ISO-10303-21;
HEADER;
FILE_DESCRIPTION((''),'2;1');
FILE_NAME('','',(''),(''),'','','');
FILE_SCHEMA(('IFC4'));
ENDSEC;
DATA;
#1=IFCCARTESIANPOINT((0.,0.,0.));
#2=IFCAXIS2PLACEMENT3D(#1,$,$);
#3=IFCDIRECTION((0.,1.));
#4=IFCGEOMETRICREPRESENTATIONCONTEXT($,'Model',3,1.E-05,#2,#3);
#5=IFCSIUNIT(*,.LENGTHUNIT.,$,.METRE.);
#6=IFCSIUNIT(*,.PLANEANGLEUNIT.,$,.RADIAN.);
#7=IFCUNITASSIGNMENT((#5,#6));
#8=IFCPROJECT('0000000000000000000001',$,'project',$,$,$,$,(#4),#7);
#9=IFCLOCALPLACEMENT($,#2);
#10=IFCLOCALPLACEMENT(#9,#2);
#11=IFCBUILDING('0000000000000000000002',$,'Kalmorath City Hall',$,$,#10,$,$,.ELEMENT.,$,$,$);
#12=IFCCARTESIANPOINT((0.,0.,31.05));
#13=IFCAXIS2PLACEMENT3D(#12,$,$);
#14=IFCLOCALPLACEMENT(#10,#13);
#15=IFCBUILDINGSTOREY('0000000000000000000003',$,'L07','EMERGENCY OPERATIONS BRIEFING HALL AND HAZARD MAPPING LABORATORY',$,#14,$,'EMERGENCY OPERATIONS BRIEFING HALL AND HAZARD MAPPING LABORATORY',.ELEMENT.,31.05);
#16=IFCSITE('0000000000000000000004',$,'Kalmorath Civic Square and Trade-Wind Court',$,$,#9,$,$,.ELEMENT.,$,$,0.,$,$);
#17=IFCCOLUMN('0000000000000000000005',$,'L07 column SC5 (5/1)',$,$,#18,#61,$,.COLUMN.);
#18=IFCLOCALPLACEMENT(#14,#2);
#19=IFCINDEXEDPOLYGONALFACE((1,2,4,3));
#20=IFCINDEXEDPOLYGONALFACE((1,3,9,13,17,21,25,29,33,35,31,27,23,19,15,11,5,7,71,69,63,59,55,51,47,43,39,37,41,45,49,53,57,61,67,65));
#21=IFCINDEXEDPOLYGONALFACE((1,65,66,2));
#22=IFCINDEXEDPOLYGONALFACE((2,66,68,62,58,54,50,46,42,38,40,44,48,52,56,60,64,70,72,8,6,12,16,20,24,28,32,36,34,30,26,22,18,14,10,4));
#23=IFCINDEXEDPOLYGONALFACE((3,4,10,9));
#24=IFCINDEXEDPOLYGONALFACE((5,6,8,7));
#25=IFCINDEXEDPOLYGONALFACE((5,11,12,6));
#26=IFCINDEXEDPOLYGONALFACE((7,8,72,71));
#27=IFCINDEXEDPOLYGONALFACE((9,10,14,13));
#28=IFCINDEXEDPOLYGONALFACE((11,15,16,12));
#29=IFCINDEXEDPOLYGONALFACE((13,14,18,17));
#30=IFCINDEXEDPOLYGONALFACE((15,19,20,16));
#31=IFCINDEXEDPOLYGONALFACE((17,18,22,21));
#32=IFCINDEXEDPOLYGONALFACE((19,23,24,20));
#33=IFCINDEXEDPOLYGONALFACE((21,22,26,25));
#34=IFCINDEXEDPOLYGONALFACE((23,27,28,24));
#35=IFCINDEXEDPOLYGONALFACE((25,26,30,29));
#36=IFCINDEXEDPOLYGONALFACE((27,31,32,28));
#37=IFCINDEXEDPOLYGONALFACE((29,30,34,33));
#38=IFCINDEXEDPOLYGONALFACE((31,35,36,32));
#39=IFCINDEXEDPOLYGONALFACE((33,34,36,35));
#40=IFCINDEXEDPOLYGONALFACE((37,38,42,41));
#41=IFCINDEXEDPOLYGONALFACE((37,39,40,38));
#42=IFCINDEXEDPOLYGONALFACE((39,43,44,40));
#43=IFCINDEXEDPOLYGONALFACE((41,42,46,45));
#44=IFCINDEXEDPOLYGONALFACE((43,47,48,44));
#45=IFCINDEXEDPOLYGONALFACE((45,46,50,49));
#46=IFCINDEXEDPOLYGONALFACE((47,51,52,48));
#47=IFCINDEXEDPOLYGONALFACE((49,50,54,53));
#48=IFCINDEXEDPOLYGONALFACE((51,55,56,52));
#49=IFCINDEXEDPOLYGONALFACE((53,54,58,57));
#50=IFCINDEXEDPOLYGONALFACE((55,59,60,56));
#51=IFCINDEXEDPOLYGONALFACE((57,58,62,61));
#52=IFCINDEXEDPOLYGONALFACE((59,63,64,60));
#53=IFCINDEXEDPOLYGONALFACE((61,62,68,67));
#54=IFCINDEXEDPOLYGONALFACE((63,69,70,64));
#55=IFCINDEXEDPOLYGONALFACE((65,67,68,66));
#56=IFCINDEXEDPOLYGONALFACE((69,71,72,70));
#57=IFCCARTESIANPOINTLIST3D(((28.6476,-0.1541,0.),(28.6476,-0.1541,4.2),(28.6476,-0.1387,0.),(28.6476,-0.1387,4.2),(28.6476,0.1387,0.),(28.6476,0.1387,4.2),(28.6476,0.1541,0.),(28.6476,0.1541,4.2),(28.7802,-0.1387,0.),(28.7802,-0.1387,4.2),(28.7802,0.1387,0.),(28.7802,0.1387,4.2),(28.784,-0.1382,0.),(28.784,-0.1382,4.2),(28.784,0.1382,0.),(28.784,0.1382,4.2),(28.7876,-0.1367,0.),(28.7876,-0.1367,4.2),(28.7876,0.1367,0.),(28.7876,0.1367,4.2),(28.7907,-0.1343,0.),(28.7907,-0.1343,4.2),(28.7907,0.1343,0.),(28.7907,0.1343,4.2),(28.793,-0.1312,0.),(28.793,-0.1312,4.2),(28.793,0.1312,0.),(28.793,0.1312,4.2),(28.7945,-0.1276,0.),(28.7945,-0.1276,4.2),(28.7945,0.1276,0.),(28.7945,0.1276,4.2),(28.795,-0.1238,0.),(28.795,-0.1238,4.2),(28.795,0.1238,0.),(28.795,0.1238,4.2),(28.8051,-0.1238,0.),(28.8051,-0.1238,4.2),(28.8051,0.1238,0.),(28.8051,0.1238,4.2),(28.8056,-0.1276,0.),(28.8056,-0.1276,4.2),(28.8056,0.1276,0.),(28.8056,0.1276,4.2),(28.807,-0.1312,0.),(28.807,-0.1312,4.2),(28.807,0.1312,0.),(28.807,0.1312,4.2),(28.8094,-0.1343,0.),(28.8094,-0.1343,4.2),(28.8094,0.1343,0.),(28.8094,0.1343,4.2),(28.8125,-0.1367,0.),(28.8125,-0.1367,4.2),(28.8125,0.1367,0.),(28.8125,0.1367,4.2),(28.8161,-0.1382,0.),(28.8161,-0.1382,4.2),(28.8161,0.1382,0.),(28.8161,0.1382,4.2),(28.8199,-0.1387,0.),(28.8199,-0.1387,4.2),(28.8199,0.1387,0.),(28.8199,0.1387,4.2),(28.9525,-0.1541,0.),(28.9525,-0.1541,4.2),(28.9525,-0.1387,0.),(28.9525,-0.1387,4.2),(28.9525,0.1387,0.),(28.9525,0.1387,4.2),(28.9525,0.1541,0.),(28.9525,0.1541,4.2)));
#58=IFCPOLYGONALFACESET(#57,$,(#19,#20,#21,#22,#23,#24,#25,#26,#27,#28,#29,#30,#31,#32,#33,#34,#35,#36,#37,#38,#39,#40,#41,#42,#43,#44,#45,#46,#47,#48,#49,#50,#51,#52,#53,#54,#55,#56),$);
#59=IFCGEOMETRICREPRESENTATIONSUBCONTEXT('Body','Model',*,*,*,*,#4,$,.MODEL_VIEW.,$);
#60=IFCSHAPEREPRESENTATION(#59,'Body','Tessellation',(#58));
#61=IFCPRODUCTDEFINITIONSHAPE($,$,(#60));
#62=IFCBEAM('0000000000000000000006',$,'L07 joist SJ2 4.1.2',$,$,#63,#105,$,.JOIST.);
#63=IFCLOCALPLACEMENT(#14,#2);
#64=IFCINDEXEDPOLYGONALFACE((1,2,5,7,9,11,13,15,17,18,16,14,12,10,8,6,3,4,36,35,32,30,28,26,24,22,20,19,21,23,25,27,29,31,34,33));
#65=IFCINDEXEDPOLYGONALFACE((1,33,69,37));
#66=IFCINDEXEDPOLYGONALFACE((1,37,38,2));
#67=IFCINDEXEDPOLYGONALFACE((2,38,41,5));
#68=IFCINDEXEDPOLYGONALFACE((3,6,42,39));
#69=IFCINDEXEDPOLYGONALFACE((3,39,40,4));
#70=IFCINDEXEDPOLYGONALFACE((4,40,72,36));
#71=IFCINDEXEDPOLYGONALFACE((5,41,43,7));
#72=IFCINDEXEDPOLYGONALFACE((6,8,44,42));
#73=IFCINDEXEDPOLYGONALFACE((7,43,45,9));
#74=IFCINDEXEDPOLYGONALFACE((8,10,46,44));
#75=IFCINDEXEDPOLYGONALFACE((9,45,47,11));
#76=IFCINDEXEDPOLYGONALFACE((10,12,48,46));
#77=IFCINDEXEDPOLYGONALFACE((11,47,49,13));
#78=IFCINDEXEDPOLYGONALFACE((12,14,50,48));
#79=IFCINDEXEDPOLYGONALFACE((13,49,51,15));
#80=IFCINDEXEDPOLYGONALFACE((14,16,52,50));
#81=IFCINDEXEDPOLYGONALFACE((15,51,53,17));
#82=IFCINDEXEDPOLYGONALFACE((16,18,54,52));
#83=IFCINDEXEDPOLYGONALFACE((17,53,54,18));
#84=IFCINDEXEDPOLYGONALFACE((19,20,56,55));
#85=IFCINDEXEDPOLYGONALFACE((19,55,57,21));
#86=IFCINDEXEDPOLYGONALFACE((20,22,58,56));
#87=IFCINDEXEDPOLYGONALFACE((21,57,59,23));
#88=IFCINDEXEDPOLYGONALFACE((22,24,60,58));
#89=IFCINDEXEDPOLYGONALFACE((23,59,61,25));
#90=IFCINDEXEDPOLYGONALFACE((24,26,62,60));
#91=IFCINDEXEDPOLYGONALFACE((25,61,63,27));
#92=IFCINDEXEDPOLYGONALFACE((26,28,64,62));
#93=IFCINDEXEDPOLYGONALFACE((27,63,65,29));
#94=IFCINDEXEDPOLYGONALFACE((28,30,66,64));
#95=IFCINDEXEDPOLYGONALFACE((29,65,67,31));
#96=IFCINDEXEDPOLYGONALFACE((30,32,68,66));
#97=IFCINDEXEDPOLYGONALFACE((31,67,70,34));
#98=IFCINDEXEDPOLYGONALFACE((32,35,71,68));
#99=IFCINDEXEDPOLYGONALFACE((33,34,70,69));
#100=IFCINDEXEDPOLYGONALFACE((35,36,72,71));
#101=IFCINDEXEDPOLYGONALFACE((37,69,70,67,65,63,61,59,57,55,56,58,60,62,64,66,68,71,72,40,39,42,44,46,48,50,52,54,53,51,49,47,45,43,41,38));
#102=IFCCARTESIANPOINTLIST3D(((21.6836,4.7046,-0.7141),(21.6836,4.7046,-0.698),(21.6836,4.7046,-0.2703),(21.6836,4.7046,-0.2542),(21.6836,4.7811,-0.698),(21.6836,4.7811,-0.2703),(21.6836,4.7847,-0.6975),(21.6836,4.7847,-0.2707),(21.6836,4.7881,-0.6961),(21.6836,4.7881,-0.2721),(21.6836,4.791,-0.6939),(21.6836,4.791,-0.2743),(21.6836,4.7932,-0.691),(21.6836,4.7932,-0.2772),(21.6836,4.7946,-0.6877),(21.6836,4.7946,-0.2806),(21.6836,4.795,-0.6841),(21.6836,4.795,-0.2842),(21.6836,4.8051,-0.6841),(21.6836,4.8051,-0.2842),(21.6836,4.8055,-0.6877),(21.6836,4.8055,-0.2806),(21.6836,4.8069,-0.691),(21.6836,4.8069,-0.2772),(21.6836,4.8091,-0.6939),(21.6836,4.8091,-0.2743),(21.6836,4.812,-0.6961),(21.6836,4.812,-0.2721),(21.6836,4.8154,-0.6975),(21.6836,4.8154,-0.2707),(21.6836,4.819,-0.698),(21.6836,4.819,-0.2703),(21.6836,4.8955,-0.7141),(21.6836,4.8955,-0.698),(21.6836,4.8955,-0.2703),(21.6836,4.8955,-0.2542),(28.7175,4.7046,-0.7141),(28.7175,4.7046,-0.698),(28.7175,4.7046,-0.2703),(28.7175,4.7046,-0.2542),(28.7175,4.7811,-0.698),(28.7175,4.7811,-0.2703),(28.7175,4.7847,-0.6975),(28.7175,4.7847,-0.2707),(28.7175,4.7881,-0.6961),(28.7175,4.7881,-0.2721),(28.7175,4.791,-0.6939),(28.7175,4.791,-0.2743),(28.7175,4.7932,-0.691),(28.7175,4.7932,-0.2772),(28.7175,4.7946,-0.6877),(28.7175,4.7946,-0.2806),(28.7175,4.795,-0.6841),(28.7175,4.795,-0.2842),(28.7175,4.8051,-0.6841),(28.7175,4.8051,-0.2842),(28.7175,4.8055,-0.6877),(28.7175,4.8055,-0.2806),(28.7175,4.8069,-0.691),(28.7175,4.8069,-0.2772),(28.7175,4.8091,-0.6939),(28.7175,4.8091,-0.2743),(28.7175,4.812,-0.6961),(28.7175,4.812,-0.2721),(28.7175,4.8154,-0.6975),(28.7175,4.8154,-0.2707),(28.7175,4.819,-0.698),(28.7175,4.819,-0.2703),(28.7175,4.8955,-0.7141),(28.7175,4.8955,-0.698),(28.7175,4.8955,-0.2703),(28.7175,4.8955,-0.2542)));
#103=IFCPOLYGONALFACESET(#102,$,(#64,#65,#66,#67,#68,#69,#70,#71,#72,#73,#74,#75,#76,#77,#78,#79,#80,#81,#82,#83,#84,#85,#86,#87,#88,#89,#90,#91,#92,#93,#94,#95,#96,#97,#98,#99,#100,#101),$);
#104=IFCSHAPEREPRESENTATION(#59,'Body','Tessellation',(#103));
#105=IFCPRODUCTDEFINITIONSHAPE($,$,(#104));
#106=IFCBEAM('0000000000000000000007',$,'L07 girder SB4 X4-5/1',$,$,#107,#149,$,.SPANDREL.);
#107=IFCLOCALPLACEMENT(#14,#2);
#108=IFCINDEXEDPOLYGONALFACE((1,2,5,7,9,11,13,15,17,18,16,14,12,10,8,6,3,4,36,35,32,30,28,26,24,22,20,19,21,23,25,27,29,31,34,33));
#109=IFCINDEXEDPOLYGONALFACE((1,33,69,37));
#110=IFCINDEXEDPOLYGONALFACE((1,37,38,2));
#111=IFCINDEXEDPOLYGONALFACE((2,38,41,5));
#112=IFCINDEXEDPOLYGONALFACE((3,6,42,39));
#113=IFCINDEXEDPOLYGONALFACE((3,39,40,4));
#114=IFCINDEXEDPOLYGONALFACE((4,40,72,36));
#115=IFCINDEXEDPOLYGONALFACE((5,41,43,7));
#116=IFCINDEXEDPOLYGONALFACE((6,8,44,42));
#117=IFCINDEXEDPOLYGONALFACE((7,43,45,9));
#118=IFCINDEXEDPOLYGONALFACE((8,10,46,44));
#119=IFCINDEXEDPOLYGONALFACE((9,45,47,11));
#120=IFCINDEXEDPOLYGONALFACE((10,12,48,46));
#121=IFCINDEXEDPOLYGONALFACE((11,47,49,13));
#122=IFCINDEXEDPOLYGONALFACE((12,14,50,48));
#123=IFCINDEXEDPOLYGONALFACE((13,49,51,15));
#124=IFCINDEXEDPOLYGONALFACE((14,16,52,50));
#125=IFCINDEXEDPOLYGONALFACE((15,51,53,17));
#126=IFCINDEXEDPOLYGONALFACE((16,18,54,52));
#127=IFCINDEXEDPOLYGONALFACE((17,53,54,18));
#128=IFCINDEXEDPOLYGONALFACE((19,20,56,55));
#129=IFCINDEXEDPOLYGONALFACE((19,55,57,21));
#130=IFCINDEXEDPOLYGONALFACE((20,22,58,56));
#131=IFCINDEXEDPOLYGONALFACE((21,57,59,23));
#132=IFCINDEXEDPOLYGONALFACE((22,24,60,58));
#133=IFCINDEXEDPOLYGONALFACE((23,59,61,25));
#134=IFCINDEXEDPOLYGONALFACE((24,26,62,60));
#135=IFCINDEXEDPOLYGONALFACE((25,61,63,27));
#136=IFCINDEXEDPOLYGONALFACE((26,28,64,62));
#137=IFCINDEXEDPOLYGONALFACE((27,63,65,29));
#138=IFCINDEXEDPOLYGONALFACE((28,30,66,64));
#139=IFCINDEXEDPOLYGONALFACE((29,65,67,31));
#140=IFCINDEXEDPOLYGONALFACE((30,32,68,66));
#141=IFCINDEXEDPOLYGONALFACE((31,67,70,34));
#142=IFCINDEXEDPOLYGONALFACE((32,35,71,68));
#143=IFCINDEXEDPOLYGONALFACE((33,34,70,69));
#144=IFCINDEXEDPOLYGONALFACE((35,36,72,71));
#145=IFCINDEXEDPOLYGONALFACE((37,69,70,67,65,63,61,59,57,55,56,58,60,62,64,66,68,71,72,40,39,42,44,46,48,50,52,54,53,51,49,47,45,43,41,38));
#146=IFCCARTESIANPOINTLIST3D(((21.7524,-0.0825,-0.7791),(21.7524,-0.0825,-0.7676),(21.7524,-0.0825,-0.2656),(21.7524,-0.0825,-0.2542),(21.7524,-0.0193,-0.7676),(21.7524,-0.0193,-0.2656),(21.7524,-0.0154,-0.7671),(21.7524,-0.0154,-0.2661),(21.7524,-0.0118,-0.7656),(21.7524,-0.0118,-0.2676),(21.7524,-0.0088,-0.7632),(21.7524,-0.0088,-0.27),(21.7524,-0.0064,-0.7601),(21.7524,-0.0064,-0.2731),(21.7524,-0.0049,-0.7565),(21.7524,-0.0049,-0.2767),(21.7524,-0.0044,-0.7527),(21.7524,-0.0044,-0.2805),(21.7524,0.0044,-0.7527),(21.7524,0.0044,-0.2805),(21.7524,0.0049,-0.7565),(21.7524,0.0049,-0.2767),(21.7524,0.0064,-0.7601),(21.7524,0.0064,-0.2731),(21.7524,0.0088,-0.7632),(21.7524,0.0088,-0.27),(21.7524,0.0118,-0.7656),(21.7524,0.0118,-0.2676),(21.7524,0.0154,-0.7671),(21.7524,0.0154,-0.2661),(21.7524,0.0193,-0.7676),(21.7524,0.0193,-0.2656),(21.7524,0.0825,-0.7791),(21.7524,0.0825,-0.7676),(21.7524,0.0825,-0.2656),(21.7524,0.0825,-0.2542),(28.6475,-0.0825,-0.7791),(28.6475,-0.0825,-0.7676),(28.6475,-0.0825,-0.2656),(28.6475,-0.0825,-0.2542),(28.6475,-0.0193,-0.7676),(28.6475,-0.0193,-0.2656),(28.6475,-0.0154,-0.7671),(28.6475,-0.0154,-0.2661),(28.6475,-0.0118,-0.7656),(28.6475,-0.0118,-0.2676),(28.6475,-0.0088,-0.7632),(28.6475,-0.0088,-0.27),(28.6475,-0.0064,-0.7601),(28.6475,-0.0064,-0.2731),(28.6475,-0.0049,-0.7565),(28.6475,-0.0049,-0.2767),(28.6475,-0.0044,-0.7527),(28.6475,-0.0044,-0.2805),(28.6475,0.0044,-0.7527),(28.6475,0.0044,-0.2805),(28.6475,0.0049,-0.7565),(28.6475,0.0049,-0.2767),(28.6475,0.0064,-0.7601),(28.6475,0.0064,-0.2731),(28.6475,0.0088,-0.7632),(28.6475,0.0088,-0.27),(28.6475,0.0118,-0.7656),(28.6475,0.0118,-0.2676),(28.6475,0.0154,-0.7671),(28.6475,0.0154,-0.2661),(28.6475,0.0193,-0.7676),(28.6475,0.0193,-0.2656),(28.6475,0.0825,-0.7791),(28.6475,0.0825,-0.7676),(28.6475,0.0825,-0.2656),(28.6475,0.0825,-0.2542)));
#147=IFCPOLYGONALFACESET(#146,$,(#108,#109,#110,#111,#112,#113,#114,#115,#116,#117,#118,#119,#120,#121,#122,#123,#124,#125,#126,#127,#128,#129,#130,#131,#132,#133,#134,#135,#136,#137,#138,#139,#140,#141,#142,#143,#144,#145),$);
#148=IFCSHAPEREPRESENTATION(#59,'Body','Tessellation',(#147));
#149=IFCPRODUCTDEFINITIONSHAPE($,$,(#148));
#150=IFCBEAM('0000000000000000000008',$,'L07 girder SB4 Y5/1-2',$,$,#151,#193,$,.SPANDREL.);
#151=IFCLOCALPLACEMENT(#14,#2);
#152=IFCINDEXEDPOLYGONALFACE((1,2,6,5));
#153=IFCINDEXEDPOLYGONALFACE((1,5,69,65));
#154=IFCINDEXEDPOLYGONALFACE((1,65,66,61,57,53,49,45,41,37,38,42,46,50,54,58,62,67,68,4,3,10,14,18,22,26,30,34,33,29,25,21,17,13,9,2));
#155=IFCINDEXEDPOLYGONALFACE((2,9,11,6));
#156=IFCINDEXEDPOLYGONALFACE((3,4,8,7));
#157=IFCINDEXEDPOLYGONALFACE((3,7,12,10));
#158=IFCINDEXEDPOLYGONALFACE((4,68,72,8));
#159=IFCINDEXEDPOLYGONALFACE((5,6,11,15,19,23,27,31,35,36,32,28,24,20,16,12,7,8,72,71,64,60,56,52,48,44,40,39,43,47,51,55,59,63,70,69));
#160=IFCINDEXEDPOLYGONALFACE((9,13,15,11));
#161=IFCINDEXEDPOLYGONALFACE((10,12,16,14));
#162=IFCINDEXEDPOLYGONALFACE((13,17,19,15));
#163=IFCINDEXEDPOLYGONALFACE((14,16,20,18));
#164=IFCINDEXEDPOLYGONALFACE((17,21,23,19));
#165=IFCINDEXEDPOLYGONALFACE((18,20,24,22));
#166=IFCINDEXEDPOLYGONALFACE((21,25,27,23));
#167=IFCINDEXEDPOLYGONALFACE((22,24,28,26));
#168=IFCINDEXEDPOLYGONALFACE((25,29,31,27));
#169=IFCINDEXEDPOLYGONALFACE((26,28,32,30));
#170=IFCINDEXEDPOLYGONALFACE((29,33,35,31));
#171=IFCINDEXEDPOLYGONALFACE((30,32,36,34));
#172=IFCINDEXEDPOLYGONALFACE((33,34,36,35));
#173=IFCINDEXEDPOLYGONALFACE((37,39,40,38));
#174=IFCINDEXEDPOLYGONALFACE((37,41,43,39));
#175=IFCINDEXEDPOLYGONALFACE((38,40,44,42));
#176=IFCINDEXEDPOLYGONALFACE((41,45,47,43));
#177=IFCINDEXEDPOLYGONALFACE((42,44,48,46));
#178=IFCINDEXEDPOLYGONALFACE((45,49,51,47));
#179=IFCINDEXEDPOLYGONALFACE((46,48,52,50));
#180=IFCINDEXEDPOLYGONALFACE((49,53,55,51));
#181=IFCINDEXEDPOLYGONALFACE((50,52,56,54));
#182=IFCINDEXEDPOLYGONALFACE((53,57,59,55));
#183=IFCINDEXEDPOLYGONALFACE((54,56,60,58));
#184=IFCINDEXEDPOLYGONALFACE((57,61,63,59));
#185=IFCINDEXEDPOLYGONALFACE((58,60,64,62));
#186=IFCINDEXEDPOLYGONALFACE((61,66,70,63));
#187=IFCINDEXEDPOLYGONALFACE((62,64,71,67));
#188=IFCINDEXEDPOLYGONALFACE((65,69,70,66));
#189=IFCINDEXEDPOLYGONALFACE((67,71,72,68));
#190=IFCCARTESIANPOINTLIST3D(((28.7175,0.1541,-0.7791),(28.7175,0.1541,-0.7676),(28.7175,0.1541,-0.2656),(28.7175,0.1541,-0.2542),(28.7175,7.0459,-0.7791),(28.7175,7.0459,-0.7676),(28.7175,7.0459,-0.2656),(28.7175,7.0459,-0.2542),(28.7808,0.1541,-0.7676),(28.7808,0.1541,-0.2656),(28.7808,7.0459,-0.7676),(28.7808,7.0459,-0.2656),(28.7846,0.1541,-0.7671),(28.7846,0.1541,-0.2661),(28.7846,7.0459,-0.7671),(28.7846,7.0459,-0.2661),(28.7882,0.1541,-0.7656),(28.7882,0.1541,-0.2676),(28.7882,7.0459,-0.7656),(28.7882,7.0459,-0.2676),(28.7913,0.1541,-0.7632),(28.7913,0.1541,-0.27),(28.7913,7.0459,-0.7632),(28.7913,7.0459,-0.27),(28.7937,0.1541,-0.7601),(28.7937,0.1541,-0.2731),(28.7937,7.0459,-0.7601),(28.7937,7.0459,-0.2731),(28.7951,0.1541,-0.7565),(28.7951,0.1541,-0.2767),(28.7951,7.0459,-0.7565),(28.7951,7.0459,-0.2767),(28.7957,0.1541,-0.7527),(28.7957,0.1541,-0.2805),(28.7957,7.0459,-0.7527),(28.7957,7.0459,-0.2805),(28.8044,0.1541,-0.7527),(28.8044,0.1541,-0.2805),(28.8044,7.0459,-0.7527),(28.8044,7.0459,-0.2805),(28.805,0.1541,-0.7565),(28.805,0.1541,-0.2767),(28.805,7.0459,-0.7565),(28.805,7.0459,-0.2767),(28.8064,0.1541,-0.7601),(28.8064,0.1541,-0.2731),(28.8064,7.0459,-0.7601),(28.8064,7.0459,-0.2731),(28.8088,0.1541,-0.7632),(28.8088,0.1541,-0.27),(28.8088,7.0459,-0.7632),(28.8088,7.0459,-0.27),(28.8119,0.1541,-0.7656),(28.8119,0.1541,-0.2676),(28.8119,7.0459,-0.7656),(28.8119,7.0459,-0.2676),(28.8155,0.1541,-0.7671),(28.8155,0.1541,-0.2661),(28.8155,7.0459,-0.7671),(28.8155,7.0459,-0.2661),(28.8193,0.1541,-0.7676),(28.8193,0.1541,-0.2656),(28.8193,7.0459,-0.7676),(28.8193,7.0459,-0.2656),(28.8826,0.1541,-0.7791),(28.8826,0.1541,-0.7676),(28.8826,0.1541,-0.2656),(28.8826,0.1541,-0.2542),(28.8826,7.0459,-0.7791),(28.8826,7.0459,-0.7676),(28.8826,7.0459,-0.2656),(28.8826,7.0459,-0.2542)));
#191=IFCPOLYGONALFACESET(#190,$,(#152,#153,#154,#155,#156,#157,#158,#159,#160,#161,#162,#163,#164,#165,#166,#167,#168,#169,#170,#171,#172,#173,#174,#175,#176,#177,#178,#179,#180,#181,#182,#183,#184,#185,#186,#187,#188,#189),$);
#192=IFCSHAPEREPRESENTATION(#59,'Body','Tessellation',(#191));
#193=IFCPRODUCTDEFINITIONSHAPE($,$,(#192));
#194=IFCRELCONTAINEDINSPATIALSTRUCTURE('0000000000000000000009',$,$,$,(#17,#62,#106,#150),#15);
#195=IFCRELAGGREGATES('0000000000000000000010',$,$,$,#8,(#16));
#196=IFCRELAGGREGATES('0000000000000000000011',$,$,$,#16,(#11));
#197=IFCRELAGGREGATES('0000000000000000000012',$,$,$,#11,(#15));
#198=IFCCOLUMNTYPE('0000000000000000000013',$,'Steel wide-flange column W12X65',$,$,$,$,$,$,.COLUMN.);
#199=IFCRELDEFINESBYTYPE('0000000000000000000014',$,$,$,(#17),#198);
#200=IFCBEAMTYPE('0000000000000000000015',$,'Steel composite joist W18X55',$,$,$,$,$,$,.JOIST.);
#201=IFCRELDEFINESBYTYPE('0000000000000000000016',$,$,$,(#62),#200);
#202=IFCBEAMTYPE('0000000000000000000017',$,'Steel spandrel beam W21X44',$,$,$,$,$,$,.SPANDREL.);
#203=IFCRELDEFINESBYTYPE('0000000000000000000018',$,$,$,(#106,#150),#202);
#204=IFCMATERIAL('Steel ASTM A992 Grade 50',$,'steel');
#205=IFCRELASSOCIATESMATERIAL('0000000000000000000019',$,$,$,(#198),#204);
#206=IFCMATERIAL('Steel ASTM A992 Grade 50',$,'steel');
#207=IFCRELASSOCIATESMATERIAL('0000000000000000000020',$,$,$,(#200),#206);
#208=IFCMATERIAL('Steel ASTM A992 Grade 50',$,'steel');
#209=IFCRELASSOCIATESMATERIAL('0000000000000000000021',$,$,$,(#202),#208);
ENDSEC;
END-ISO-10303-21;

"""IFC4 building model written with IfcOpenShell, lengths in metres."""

from ifc_helpers import new_model, si_unit, direction, frame, origin, origin_2d, place, context, subcontext, project, spatial, i_section, extrude, material, material_profile, profile_set, type_object, element, save


model = new_model("IFC4")

# Units and contexts
model_context = context("Model", 3, precision=1e-05, world=origin(), true_north=direction((0.0, 1.0)))
body_context = subcontext(model_context, "Body", "Model", "MODEL_VIEW")
ifc_project = project(units=[si_unit("LENGTHUNIT", "METRE"), si_unit("PLANEANGLEUNIT", "RADIAN")], contexts=[model_context])

# Site, building, storey
site_placement = place(None, origin())
site = spatial("IfcSite", under=ifc_project, at=site_placement, Name="Kalmorath Civic Square and Trade-Wind Court", CompositionType="ELEMENT", RefElevation=0.0)
building_placement = place(site_placement, origin())
building = spatial("IfcBuilding", under=site, at=building_placement, Name="Kalmorath City Hall", CompositionType="ELEMENT")
storey_placement = place(building_placement, frame((0.0, 0.0, 31.05)))
storey = spatial("IfcBuildingStorey", under=building, at=storey_placement, Name="L07", Description="EMERGENCY OPERATIONS BRIEFING HALL AND HAZARD MAPPING LABORATORY", LongName="EMERGENCY OPERATIONS BRIEFING HALL AND HAZARD MAPPING LABORATORY", CompositionType="ELEMENT", Elevation=31.05)

# Column
ifc_material_1 = material(Name="Steel ASTM A992 Grade 50", Category="steel")
ifc_material_profile_1 = material_profile(ifc_material_1, i_section(OverallWidth=0.3049, OverallDepth=0.3081, WebThickness=0.01, FlangeThickness=0.0154, FilletRadius=0.0149, at=origin_2d()), Name="W12X65")
ifc_profile_set_1 = profile_set([ifc_material_profile_1], Name="Steel ASTM A992 Grade 50")
column_type = type_object("IfcColumnType", Name="Steel wide-flange column W12X65", PredefinedType="COLUMN", material=ifc_profile_set_1)
column_placement = place(storey_placement, frame((28.8, 0.0, 0.0), z_axis=(0.0, 0.0, 1.0), x_axis=(1.0, 0.0, 0.0)))
element("IfcColumn", 1, at=column_placement, inside=storey, type_object=column_type, Name="L07 column SC5 (5/1)", PredefinedType="COLUMN", context=body_context, shape_type="SweptSolid", body=[
    extrude(i_section(OverallWidth=0.3049, OverallDepth=0.3081, WebThickness=0.01, FlangeThickness=0.0154, FilletRadius=0.0149, at=origin_2d()), origin(), (0.0, 0.0, 1.0), 4.2),
])

# Beams
ifc_material_2 = material(Name="Steel ASTM A992 Grade 50", Category="steel")
ifc_material_profile_2 = material_profile(ifc_material_2, i_section(OverallWidth=0.1909, OverallDepth=0.46, WebThickness=0.01, FlangeThickness=0.0161, FilletRadius=0.0139, at=origin_2d()), Name="W18X55")
ifc_profile_set_2 = profile_set([ifc_material_profile_2], Name="Steel ASTM A992 Grade 50")
beam_type_1 = type_object("IfcBeamType", Name="Steel composite joist W18X55", PredefinedType="JOIST", material=ifc_profile_set_2)
beam_1_placement = place(storey_placement, frame((21.6836, 4.8, -0.4841), z_axis=(1.0, 0.0, 0.0), x_axis=(0.0, 1.0, 0.0)))
element("IfcBeam", 2, at=beam_1_placement, inside=storey, type_object=beam_type_1, Name="L07 joist SJ2 4.1.2", PredefinedType="JOIST", context=body_context, shape_type="SweptSolid", body=[
    extrude(i_section(OverallWidth=0.1909, OverallDepth=0.46, WebThickness=0.01, FlangeThickness=0.0161, FilletRadius=0.0139, at=origin_2d()), origin(), (0.0, 0.0, 1.0), 7.0339),
])
ifc_material_3 = material(Name="Steel ASTM A992 Grade 50", Category="steel")
ifc_material_profile_3 = material_profile(ifc_material_3, i_section(OverallWidth=0.165, OverallDepth=0.5249, WebThickness=0.0088, FlangeThickness=0.0115, FilletRadius=0.0149, at=origin_2d()), Name="W21X44")
ifc_profile_set_3 = profile_set([ifc_material_profile_3], Name="Steel ASTM A992 Grade 50")
beam_type_2 = type_object("IfcBeamType", Name="Steel spandrel beam W21X44", PredefinedType="SPANDREL", material=ifc_profile_set_3)
beam_2_placement = place(storey_placement, frame((21.7524, 0.0, -0.5166), z_axis=(1.0, 0.0, 0.0), x_axis=(0.0, 1.0, 0.0)))
element("IfcBeam", 3, at=beam_2_placement, inside=storey, type_object=beam_type_2, Name="L07 girder SB4 X4-5/1", PredefinedType="SPANDREL", context=body_context, shape_type="SweptSolid", body=[
    extrude(i_section(OverallWidth=0.165, OverallDepth=0.5249, WebThickness=0.0088, FlangeThickness=0.0115, FilletRadius=0.0149, at=origin_2d()), origin(), (0.0, 0.0, 1.0), 6.895),
])
beam_3_placement = place(storey_placement, frame((28.8, 0.1541, -0.5166), z_axis=(0.0, 1.0, 0.0), x_axis=(-1.0, 0.0, 0.0)))
element("IfcBeam", 4, at=beam_3_placement, inside=storey, type_object=beam_type_2, Name="L07 girder SB4 Y5/1-2", PredefinedType="SPANDREL", context=body_context, shape_type="SweptSolid", body=[
    extrude(i_section(OverallWidth=0.165, OverallDepth=0.5249, WebThickness=0.0088, FlangeThickness=0.0115, FilletRadius=0.0149, at=origin_2d()), origin(), (0.0, 0.0, 1.0), 6.8918),
])

save(model, "model.ifc")
